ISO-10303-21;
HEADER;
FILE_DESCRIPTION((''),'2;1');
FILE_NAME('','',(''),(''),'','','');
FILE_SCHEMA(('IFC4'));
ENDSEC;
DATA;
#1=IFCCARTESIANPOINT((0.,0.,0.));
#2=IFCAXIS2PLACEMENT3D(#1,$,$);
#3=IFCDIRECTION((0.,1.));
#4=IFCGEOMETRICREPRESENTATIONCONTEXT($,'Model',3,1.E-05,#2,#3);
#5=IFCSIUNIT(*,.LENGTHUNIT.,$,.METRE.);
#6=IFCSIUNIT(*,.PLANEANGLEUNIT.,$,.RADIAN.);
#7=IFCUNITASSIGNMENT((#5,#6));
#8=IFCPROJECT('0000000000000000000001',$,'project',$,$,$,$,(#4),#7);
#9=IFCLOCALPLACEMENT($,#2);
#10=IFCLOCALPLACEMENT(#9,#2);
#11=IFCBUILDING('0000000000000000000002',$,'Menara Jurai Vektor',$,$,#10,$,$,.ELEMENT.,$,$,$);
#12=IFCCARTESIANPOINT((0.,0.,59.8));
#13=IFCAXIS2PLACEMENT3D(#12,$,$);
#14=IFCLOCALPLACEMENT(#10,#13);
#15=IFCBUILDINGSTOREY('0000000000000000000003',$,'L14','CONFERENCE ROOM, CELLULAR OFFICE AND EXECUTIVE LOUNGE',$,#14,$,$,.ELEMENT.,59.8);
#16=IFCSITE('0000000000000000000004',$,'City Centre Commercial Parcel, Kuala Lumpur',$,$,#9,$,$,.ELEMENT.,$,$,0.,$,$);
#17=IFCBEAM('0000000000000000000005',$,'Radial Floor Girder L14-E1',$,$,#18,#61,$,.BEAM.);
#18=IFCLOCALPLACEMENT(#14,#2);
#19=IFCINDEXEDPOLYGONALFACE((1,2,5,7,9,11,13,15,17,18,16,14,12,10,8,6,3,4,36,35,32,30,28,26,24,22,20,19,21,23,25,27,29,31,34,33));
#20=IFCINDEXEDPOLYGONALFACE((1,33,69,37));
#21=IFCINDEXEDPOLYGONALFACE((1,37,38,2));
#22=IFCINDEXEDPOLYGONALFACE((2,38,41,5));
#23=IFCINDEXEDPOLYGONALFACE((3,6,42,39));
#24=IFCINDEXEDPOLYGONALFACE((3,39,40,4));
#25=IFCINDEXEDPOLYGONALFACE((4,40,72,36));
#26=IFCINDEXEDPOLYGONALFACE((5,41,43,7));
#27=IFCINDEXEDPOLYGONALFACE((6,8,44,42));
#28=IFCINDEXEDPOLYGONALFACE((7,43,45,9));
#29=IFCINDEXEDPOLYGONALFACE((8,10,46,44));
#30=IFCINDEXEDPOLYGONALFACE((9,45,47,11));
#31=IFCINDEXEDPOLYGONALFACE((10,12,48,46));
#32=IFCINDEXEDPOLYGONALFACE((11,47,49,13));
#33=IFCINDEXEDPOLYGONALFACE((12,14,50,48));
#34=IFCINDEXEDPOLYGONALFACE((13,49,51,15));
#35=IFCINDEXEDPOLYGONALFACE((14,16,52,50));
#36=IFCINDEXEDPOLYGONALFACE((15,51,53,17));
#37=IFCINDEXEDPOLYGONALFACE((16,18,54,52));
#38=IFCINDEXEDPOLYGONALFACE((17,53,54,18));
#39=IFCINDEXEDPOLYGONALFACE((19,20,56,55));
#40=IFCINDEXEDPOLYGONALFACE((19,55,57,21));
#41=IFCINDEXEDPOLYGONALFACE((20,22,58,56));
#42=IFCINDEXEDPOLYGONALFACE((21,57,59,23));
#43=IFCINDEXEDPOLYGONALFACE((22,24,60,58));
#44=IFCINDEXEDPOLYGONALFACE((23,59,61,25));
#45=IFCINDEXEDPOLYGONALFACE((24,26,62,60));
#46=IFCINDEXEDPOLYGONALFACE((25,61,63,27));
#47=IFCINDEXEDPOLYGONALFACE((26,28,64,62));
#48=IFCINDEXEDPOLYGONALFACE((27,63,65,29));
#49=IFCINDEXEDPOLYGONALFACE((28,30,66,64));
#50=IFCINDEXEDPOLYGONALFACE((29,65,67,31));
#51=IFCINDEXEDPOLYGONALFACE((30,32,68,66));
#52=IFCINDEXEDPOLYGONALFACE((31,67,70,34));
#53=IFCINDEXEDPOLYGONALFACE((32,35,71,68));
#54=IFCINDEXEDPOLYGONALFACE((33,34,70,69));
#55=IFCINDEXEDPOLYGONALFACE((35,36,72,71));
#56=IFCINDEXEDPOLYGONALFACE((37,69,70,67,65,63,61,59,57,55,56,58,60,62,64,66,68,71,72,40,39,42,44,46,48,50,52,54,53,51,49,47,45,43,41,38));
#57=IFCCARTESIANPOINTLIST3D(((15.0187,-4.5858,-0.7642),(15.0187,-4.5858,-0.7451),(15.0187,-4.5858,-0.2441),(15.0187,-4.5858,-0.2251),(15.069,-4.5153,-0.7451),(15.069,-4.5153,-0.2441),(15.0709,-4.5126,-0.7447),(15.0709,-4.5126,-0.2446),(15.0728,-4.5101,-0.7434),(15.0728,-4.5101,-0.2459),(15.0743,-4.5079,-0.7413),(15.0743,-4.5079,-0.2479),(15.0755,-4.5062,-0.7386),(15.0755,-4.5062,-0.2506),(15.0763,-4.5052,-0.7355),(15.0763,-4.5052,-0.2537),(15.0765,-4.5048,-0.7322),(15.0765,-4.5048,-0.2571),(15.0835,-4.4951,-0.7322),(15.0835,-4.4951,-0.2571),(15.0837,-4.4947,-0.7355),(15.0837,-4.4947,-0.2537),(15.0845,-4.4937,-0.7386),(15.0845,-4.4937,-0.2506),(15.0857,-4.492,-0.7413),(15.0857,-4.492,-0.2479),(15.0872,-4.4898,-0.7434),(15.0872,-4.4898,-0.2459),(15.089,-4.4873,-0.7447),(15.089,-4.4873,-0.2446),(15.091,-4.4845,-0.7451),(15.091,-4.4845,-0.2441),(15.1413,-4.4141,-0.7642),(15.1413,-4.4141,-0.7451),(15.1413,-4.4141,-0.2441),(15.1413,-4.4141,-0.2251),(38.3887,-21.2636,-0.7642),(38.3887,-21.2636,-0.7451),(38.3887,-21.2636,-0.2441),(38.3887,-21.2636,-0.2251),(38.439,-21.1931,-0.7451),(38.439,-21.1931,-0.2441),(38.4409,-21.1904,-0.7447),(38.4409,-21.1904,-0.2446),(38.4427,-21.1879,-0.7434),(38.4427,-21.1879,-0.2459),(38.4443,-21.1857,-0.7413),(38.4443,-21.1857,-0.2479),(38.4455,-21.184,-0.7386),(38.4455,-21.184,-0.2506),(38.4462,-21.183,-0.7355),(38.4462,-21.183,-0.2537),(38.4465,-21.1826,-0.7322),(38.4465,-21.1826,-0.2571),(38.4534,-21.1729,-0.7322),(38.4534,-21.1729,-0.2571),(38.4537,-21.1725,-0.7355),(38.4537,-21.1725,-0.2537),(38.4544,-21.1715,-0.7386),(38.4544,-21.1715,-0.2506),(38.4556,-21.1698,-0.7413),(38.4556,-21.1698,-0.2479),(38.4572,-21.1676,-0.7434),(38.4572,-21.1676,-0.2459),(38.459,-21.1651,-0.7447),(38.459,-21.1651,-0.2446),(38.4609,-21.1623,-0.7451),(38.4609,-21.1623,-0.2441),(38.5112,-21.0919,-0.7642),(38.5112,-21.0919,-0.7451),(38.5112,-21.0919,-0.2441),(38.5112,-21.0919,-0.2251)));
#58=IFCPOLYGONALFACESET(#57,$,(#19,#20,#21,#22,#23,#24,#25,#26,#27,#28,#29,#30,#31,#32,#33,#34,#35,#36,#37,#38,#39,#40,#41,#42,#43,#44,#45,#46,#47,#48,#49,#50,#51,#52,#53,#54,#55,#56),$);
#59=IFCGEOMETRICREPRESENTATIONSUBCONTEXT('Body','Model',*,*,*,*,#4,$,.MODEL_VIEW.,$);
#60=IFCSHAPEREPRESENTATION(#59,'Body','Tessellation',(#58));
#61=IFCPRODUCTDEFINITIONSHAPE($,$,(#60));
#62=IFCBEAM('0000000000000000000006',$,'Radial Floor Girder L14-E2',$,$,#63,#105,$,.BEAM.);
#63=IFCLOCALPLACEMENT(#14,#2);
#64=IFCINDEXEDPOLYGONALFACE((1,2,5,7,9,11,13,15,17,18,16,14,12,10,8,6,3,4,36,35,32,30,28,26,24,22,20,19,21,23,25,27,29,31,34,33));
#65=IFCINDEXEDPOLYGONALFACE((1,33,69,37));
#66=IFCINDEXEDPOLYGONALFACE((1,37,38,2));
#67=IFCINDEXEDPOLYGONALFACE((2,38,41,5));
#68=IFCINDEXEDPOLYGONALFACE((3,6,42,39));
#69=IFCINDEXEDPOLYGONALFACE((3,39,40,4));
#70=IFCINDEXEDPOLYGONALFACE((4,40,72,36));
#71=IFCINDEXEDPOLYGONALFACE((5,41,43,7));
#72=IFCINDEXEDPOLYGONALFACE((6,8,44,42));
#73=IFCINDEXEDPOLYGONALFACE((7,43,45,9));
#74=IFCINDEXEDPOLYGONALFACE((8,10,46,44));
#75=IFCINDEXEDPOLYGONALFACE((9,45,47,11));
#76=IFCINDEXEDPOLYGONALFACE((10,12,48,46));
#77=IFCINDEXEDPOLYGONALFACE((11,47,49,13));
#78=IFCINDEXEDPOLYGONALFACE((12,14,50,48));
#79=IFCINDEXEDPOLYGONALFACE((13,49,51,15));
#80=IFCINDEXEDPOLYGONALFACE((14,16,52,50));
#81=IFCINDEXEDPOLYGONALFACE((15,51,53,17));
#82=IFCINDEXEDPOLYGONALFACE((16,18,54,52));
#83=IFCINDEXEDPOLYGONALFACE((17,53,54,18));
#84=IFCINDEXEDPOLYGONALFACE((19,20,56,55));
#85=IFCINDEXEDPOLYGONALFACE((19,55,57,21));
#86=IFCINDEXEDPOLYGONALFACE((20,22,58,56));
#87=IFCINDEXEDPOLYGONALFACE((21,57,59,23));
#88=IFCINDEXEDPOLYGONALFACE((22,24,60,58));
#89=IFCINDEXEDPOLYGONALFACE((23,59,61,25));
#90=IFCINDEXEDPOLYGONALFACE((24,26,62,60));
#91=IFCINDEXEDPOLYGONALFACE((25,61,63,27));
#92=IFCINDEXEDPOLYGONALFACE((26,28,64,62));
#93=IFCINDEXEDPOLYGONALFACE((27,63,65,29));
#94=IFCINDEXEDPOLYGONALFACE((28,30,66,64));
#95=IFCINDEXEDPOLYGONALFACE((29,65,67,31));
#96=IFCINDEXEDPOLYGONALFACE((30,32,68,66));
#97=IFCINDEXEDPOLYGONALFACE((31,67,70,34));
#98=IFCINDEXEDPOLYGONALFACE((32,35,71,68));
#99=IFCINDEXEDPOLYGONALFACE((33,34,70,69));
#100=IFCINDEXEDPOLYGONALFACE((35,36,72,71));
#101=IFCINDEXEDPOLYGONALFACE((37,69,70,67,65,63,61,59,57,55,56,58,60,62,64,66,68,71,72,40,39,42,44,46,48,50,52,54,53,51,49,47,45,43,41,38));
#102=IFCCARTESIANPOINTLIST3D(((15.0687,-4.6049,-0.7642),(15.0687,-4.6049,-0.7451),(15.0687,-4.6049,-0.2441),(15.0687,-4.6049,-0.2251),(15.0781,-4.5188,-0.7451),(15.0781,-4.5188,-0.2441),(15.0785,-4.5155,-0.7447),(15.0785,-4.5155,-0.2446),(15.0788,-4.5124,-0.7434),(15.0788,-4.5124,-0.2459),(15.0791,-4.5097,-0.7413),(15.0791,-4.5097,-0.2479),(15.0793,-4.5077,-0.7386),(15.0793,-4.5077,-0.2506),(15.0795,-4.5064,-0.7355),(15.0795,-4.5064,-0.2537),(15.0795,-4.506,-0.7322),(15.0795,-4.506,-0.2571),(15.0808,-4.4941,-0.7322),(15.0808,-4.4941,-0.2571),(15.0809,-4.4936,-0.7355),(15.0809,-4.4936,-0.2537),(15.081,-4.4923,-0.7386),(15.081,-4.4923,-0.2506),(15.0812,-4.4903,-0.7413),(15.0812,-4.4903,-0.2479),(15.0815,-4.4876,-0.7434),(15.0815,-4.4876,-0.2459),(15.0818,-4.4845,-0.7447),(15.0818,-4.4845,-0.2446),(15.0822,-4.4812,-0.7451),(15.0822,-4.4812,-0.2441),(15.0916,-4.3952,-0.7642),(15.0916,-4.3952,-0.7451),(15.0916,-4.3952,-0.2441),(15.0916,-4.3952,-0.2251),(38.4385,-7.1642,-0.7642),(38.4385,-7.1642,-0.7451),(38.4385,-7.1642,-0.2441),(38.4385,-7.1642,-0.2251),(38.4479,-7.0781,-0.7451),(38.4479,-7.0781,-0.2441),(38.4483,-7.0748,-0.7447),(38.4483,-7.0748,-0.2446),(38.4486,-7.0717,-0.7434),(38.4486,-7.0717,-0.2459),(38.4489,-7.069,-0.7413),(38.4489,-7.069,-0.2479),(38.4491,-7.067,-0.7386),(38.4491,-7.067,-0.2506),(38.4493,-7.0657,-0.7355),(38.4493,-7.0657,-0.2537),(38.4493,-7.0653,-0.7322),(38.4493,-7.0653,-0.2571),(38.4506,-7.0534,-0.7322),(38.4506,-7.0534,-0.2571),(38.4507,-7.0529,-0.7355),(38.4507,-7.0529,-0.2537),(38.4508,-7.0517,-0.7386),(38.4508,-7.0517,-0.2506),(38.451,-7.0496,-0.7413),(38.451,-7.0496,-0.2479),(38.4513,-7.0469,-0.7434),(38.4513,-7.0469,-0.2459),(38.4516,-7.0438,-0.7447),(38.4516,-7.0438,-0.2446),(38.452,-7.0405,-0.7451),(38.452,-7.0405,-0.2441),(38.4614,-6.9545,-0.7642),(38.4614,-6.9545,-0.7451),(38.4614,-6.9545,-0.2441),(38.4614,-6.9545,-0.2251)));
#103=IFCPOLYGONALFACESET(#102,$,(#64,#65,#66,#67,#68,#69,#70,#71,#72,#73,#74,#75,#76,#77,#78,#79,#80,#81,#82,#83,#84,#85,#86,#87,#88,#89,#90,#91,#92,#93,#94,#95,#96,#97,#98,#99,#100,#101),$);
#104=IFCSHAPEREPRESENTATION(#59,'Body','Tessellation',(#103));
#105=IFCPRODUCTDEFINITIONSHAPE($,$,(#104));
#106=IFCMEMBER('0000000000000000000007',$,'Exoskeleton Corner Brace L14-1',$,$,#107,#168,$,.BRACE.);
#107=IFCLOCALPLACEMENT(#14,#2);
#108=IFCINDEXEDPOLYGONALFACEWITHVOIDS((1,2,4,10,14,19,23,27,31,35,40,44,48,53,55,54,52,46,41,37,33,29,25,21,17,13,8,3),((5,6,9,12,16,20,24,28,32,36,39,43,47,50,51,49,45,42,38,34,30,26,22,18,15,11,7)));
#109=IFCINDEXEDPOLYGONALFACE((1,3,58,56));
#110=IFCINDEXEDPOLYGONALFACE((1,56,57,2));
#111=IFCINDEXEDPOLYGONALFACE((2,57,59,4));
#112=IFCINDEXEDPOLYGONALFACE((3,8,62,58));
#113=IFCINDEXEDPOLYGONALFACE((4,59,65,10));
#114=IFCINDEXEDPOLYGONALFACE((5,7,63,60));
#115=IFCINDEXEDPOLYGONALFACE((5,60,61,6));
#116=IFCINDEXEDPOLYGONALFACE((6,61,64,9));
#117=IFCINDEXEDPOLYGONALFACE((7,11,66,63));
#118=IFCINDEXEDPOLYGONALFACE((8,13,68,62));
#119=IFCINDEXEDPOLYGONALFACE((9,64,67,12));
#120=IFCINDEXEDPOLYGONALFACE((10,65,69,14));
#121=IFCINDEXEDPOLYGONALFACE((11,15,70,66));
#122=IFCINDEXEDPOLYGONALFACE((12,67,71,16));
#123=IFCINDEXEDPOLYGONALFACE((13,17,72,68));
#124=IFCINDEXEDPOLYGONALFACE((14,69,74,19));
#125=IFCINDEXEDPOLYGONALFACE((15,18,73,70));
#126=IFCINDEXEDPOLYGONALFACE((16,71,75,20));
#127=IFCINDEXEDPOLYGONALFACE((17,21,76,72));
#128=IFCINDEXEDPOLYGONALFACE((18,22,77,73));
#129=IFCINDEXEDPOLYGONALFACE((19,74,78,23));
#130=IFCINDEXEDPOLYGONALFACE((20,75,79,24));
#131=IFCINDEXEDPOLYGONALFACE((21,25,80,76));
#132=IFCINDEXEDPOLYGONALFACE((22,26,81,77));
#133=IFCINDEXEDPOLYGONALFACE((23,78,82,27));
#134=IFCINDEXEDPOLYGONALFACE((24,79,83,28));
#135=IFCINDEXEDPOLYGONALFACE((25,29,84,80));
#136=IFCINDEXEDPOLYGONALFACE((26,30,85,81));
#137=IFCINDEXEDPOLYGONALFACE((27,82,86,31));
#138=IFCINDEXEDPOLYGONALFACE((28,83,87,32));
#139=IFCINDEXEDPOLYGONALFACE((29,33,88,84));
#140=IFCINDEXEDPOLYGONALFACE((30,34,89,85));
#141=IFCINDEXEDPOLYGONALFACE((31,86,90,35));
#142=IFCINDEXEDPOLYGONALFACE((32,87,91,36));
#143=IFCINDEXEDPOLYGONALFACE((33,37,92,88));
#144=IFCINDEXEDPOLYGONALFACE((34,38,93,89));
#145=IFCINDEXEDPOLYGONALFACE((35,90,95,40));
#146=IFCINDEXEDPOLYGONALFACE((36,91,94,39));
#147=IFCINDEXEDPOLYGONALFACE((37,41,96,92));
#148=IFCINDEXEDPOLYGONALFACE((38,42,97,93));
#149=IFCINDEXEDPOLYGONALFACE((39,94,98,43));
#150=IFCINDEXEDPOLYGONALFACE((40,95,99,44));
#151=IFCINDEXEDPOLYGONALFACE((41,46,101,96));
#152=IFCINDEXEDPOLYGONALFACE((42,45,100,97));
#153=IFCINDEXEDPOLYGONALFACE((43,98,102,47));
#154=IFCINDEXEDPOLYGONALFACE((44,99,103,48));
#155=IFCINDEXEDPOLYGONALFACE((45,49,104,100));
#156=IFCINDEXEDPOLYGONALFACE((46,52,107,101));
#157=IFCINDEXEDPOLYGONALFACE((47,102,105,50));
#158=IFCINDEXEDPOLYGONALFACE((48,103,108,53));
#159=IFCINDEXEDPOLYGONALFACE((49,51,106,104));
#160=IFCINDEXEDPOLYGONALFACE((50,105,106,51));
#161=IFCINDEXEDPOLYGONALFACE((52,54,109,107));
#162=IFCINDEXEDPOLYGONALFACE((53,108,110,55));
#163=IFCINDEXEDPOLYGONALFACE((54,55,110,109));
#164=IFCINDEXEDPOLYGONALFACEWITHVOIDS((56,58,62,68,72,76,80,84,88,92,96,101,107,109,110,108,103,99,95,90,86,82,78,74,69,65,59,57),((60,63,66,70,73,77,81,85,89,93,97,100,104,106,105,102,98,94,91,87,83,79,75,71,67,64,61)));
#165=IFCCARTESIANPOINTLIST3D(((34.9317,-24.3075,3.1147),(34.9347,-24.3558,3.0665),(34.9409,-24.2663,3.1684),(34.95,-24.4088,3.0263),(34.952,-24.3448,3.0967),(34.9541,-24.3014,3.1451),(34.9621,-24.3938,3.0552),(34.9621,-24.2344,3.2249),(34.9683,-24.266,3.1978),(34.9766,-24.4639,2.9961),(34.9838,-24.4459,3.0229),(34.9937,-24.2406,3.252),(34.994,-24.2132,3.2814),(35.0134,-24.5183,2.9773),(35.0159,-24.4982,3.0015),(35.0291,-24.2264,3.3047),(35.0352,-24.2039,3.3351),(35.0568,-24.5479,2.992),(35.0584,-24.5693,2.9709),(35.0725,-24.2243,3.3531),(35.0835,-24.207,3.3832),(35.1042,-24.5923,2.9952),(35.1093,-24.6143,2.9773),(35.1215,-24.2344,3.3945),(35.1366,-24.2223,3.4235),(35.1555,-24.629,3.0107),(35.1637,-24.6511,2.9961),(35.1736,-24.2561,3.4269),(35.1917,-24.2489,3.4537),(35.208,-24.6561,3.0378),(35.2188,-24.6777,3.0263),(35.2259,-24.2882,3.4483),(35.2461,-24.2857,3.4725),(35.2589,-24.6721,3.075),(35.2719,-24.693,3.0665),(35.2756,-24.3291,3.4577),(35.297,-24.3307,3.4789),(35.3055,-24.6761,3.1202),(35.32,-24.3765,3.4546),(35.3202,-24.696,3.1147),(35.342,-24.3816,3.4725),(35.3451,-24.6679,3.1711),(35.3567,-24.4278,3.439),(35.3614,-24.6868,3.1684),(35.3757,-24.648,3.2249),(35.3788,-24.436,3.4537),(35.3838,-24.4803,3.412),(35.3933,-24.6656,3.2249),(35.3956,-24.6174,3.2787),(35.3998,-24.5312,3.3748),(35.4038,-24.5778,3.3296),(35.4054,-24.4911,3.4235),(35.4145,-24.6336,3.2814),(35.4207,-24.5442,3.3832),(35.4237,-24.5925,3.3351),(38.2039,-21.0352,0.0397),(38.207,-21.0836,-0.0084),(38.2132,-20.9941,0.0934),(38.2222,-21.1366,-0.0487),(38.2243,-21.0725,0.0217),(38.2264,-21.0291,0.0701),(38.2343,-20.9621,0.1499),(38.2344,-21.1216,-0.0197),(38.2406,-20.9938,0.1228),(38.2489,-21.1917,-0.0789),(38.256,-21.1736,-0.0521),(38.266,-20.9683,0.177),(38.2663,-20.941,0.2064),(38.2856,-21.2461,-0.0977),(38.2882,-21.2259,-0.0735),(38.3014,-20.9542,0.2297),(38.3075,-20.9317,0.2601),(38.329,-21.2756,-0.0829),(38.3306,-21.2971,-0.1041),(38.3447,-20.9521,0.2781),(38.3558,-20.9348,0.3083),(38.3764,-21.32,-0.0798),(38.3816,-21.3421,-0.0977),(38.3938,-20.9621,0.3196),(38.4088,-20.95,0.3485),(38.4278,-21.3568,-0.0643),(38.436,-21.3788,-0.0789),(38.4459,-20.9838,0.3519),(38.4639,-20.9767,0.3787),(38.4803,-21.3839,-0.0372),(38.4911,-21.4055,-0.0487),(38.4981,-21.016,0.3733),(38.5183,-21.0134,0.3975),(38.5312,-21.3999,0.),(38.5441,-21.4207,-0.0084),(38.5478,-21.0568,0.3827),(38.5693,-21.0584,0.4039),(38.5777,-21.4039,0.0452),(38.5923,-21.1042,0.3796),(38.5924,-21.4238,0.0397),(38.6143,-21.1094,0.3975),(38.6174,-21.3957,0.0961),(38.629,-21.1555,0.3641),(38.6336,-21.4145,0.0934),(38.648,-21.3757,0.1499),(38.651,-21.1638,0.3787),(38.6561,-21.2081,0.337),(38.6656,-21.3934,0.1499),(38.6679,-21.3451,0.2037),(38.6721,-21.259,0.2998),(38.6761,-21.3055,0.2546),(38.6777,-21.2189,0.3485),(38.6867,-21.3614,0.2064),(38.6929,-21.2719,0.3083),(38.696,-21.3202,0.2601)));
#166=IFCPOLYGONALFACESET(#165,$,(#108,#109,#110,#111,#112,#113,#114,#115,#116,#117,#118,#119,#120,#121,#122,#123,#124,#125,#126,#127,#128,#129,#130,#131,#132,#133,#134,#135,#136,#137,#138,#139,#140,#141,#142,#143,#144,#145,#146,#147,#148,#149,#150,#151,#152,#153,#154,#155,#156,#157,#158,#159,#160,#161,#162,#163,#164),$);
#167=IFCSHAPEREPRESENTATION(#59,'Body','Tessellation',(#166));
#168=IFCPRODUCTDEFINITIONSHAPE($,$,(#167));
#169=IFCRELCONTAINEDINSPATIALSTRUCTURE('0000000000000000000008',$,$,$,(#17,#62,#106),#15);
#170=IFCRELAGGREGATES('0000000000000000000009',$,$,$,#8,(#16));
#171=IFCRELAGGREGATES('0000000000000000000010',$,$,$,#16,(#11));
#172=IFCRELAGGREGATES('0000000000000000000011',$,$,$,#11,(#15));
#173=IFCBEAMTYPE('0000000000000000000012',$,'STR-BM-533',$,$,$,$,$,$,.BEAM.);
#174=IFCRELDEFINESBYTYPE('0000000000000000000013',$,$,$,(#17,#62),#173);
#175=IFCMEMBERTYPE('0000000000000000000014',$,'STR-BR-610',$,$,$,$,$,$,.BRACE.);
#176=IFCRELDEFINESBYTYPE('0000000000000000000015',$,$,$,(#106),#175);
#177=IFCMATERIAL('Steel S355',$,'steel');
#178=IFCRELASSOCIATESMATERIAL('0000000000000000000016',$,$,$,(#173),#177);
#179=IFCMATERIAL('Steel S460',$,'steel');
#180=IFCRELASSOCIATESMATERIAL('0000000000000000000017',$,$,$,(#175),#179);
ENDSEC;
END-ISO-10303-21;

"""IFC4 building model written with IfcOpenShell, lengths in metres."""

from ifc_helpers import new_model, si_unit, direction, frame, origin, origin_2d, place, context, subcontext, project, spatial, hollow_circle, i_section, extrude, material, material_profile, profile_set, type_object, element, save


model = new_model("IFC4")

# Units and contexts
model_context = context("Model", 3, precision=1e-05, world=origin(), true_north=direction((0.0, 1.0)))
body_context = subcontext(model_context, "Body", "Model", "MODEL_VIEW")
ifc_project = project(units=[si_unit("LENGTHUNIT", "METRE"), si_unit("PLANEANGLEUNIT", "RADIAN")], contexts=[model_context])

# Site, building, storey
site_placement = place(None, origin())
site = spatial("IfcSite", under=ifc_project, at=site_placement, Name="City Centre Commercial Parcel, Kuala Lumpur", CompositionType="ELEMENT", RefElevation=0.0)
building_placement = place(site_placement, origin())
building = spatial("IfcBuilding", under=site, at=building_placement, Name="Menara Jurai Vektor", CompositionType="ELEMENT")
storey_placement = place(building_placement, frame((0.0, 0.0, 59.8)))
storey = spatial("IfcBuildingStorey", under=building, at=storey_placement, Name="L14", Description="CONFERENCE ROOM, CELLULAR OFFICE AND EXECUTIVE LOUNGE", CompositionType="ELEMENT", Elevation=59.8)

# Shared definitions
ifc_material_1 = material(Name="Steel S460", Category="steel")

# Beams
ifc_material_2 = material(Name="Steel S355", Category="steel")
ifc_material_profile_1 = material_profile(ifc_material_2, i_section(OverallWidth=0.2109, OverallDepth=0.5391, WebThickness=0.012, FlangeThickness=0.019, FilletRadius=0.0129, at=origin_2d()), Name="UKB 533x210x109")
ifc_profile_set_1 = profile_set([ifc_material_profile_1], Name="Steel S355")
beam_type_1 = type_object("IfcBeamType", Name="STR-BM-533", PredefinedType="BEAM", material=ifc_profile_set_1)
beam_1_placement = place(storey_placement, frame((38.45, -21.1777, -0.4946), z_axis=(-0.813981, 0.580891, 0.0), x_axis=(-0.580891, -0.813981, 0.0)))
element("IfcBeam", 1, at=beam_1_placement, inside=storey, type_object=beam_type_1, Name="Radial Floor Girder L14-E1", PredefinedType="BEAM", context=body_context, shape_type="SweptSolid", body=[
    extrude(i_section(OverallWidth=0.2109, OverallDepth=0.5391, WebThickness=0.012, FlangeThickness=0.019, FilletRadius=0.0129, at=origin_2d()), origin(), (0.0, 0.0, 1.0), 28.7107),
])
beam_2_placement = place(storey_placement, frame((38.45, -7.0593, -0.4946), z_axis=(-0.994057, 0.108863, 0.0), x_axis=(-0.108863, -0.994057, 0.0)))
element("IfcBeam", 2, at=beam_2_placement, inside=storey, type_object=beam_type_1, Name="Radial Floor Girder L14-E2", PredefinedType="BEAM", context=body_context, shape_type="SweptSolid", body=[
    extrude(i_section(OverallWidth=0.2109, OverallDepth=0.5391, WebThickness=0.012, FlangeThickness=0.019, FilletRadius=0.0129, at=origin_2d()), origin(), (0.0, 0.0, 1.0), 23.5095),
])

# Member
ifc_material_profile_2 = material_profile(ifc_material_1, hollow_circle(Radius=0.3049, WallThickness=0.0249, at=origin_2d()), Name="CHS 610x25")
ifc_profile_set_2 = profile_set([ifc_material_profile_2], Name="Steel S460")
member_type_1 = type_object("IfcMemberType", Name="STR-BR-610", PredefinedType="BRACE", material=ifc_profile_set_2)
member_1_placement = place(storey_placement, frame((38.45, -21.1777, 0.1499), z_axis=(-0.588942, -0.588942, 0.553438), x_axis=(0.707107, -0.707107, 0.0)))
element("IfcMember", 3, at=member_1_placement, inside=storey, type_object=member_type_1, Name="Exoskeleton Corner Brace L14-1", PredefinedType="BRACE", context=body_context, shape_type="SweptSolid", body=[
    extrude(hollow_circle(Radius=0.3049, WallThickness=0.0249, at=origin_2d()), origin(), (0.0, 0.0, 1.0), 5.5562),
])

save(model, "model.ifc")
